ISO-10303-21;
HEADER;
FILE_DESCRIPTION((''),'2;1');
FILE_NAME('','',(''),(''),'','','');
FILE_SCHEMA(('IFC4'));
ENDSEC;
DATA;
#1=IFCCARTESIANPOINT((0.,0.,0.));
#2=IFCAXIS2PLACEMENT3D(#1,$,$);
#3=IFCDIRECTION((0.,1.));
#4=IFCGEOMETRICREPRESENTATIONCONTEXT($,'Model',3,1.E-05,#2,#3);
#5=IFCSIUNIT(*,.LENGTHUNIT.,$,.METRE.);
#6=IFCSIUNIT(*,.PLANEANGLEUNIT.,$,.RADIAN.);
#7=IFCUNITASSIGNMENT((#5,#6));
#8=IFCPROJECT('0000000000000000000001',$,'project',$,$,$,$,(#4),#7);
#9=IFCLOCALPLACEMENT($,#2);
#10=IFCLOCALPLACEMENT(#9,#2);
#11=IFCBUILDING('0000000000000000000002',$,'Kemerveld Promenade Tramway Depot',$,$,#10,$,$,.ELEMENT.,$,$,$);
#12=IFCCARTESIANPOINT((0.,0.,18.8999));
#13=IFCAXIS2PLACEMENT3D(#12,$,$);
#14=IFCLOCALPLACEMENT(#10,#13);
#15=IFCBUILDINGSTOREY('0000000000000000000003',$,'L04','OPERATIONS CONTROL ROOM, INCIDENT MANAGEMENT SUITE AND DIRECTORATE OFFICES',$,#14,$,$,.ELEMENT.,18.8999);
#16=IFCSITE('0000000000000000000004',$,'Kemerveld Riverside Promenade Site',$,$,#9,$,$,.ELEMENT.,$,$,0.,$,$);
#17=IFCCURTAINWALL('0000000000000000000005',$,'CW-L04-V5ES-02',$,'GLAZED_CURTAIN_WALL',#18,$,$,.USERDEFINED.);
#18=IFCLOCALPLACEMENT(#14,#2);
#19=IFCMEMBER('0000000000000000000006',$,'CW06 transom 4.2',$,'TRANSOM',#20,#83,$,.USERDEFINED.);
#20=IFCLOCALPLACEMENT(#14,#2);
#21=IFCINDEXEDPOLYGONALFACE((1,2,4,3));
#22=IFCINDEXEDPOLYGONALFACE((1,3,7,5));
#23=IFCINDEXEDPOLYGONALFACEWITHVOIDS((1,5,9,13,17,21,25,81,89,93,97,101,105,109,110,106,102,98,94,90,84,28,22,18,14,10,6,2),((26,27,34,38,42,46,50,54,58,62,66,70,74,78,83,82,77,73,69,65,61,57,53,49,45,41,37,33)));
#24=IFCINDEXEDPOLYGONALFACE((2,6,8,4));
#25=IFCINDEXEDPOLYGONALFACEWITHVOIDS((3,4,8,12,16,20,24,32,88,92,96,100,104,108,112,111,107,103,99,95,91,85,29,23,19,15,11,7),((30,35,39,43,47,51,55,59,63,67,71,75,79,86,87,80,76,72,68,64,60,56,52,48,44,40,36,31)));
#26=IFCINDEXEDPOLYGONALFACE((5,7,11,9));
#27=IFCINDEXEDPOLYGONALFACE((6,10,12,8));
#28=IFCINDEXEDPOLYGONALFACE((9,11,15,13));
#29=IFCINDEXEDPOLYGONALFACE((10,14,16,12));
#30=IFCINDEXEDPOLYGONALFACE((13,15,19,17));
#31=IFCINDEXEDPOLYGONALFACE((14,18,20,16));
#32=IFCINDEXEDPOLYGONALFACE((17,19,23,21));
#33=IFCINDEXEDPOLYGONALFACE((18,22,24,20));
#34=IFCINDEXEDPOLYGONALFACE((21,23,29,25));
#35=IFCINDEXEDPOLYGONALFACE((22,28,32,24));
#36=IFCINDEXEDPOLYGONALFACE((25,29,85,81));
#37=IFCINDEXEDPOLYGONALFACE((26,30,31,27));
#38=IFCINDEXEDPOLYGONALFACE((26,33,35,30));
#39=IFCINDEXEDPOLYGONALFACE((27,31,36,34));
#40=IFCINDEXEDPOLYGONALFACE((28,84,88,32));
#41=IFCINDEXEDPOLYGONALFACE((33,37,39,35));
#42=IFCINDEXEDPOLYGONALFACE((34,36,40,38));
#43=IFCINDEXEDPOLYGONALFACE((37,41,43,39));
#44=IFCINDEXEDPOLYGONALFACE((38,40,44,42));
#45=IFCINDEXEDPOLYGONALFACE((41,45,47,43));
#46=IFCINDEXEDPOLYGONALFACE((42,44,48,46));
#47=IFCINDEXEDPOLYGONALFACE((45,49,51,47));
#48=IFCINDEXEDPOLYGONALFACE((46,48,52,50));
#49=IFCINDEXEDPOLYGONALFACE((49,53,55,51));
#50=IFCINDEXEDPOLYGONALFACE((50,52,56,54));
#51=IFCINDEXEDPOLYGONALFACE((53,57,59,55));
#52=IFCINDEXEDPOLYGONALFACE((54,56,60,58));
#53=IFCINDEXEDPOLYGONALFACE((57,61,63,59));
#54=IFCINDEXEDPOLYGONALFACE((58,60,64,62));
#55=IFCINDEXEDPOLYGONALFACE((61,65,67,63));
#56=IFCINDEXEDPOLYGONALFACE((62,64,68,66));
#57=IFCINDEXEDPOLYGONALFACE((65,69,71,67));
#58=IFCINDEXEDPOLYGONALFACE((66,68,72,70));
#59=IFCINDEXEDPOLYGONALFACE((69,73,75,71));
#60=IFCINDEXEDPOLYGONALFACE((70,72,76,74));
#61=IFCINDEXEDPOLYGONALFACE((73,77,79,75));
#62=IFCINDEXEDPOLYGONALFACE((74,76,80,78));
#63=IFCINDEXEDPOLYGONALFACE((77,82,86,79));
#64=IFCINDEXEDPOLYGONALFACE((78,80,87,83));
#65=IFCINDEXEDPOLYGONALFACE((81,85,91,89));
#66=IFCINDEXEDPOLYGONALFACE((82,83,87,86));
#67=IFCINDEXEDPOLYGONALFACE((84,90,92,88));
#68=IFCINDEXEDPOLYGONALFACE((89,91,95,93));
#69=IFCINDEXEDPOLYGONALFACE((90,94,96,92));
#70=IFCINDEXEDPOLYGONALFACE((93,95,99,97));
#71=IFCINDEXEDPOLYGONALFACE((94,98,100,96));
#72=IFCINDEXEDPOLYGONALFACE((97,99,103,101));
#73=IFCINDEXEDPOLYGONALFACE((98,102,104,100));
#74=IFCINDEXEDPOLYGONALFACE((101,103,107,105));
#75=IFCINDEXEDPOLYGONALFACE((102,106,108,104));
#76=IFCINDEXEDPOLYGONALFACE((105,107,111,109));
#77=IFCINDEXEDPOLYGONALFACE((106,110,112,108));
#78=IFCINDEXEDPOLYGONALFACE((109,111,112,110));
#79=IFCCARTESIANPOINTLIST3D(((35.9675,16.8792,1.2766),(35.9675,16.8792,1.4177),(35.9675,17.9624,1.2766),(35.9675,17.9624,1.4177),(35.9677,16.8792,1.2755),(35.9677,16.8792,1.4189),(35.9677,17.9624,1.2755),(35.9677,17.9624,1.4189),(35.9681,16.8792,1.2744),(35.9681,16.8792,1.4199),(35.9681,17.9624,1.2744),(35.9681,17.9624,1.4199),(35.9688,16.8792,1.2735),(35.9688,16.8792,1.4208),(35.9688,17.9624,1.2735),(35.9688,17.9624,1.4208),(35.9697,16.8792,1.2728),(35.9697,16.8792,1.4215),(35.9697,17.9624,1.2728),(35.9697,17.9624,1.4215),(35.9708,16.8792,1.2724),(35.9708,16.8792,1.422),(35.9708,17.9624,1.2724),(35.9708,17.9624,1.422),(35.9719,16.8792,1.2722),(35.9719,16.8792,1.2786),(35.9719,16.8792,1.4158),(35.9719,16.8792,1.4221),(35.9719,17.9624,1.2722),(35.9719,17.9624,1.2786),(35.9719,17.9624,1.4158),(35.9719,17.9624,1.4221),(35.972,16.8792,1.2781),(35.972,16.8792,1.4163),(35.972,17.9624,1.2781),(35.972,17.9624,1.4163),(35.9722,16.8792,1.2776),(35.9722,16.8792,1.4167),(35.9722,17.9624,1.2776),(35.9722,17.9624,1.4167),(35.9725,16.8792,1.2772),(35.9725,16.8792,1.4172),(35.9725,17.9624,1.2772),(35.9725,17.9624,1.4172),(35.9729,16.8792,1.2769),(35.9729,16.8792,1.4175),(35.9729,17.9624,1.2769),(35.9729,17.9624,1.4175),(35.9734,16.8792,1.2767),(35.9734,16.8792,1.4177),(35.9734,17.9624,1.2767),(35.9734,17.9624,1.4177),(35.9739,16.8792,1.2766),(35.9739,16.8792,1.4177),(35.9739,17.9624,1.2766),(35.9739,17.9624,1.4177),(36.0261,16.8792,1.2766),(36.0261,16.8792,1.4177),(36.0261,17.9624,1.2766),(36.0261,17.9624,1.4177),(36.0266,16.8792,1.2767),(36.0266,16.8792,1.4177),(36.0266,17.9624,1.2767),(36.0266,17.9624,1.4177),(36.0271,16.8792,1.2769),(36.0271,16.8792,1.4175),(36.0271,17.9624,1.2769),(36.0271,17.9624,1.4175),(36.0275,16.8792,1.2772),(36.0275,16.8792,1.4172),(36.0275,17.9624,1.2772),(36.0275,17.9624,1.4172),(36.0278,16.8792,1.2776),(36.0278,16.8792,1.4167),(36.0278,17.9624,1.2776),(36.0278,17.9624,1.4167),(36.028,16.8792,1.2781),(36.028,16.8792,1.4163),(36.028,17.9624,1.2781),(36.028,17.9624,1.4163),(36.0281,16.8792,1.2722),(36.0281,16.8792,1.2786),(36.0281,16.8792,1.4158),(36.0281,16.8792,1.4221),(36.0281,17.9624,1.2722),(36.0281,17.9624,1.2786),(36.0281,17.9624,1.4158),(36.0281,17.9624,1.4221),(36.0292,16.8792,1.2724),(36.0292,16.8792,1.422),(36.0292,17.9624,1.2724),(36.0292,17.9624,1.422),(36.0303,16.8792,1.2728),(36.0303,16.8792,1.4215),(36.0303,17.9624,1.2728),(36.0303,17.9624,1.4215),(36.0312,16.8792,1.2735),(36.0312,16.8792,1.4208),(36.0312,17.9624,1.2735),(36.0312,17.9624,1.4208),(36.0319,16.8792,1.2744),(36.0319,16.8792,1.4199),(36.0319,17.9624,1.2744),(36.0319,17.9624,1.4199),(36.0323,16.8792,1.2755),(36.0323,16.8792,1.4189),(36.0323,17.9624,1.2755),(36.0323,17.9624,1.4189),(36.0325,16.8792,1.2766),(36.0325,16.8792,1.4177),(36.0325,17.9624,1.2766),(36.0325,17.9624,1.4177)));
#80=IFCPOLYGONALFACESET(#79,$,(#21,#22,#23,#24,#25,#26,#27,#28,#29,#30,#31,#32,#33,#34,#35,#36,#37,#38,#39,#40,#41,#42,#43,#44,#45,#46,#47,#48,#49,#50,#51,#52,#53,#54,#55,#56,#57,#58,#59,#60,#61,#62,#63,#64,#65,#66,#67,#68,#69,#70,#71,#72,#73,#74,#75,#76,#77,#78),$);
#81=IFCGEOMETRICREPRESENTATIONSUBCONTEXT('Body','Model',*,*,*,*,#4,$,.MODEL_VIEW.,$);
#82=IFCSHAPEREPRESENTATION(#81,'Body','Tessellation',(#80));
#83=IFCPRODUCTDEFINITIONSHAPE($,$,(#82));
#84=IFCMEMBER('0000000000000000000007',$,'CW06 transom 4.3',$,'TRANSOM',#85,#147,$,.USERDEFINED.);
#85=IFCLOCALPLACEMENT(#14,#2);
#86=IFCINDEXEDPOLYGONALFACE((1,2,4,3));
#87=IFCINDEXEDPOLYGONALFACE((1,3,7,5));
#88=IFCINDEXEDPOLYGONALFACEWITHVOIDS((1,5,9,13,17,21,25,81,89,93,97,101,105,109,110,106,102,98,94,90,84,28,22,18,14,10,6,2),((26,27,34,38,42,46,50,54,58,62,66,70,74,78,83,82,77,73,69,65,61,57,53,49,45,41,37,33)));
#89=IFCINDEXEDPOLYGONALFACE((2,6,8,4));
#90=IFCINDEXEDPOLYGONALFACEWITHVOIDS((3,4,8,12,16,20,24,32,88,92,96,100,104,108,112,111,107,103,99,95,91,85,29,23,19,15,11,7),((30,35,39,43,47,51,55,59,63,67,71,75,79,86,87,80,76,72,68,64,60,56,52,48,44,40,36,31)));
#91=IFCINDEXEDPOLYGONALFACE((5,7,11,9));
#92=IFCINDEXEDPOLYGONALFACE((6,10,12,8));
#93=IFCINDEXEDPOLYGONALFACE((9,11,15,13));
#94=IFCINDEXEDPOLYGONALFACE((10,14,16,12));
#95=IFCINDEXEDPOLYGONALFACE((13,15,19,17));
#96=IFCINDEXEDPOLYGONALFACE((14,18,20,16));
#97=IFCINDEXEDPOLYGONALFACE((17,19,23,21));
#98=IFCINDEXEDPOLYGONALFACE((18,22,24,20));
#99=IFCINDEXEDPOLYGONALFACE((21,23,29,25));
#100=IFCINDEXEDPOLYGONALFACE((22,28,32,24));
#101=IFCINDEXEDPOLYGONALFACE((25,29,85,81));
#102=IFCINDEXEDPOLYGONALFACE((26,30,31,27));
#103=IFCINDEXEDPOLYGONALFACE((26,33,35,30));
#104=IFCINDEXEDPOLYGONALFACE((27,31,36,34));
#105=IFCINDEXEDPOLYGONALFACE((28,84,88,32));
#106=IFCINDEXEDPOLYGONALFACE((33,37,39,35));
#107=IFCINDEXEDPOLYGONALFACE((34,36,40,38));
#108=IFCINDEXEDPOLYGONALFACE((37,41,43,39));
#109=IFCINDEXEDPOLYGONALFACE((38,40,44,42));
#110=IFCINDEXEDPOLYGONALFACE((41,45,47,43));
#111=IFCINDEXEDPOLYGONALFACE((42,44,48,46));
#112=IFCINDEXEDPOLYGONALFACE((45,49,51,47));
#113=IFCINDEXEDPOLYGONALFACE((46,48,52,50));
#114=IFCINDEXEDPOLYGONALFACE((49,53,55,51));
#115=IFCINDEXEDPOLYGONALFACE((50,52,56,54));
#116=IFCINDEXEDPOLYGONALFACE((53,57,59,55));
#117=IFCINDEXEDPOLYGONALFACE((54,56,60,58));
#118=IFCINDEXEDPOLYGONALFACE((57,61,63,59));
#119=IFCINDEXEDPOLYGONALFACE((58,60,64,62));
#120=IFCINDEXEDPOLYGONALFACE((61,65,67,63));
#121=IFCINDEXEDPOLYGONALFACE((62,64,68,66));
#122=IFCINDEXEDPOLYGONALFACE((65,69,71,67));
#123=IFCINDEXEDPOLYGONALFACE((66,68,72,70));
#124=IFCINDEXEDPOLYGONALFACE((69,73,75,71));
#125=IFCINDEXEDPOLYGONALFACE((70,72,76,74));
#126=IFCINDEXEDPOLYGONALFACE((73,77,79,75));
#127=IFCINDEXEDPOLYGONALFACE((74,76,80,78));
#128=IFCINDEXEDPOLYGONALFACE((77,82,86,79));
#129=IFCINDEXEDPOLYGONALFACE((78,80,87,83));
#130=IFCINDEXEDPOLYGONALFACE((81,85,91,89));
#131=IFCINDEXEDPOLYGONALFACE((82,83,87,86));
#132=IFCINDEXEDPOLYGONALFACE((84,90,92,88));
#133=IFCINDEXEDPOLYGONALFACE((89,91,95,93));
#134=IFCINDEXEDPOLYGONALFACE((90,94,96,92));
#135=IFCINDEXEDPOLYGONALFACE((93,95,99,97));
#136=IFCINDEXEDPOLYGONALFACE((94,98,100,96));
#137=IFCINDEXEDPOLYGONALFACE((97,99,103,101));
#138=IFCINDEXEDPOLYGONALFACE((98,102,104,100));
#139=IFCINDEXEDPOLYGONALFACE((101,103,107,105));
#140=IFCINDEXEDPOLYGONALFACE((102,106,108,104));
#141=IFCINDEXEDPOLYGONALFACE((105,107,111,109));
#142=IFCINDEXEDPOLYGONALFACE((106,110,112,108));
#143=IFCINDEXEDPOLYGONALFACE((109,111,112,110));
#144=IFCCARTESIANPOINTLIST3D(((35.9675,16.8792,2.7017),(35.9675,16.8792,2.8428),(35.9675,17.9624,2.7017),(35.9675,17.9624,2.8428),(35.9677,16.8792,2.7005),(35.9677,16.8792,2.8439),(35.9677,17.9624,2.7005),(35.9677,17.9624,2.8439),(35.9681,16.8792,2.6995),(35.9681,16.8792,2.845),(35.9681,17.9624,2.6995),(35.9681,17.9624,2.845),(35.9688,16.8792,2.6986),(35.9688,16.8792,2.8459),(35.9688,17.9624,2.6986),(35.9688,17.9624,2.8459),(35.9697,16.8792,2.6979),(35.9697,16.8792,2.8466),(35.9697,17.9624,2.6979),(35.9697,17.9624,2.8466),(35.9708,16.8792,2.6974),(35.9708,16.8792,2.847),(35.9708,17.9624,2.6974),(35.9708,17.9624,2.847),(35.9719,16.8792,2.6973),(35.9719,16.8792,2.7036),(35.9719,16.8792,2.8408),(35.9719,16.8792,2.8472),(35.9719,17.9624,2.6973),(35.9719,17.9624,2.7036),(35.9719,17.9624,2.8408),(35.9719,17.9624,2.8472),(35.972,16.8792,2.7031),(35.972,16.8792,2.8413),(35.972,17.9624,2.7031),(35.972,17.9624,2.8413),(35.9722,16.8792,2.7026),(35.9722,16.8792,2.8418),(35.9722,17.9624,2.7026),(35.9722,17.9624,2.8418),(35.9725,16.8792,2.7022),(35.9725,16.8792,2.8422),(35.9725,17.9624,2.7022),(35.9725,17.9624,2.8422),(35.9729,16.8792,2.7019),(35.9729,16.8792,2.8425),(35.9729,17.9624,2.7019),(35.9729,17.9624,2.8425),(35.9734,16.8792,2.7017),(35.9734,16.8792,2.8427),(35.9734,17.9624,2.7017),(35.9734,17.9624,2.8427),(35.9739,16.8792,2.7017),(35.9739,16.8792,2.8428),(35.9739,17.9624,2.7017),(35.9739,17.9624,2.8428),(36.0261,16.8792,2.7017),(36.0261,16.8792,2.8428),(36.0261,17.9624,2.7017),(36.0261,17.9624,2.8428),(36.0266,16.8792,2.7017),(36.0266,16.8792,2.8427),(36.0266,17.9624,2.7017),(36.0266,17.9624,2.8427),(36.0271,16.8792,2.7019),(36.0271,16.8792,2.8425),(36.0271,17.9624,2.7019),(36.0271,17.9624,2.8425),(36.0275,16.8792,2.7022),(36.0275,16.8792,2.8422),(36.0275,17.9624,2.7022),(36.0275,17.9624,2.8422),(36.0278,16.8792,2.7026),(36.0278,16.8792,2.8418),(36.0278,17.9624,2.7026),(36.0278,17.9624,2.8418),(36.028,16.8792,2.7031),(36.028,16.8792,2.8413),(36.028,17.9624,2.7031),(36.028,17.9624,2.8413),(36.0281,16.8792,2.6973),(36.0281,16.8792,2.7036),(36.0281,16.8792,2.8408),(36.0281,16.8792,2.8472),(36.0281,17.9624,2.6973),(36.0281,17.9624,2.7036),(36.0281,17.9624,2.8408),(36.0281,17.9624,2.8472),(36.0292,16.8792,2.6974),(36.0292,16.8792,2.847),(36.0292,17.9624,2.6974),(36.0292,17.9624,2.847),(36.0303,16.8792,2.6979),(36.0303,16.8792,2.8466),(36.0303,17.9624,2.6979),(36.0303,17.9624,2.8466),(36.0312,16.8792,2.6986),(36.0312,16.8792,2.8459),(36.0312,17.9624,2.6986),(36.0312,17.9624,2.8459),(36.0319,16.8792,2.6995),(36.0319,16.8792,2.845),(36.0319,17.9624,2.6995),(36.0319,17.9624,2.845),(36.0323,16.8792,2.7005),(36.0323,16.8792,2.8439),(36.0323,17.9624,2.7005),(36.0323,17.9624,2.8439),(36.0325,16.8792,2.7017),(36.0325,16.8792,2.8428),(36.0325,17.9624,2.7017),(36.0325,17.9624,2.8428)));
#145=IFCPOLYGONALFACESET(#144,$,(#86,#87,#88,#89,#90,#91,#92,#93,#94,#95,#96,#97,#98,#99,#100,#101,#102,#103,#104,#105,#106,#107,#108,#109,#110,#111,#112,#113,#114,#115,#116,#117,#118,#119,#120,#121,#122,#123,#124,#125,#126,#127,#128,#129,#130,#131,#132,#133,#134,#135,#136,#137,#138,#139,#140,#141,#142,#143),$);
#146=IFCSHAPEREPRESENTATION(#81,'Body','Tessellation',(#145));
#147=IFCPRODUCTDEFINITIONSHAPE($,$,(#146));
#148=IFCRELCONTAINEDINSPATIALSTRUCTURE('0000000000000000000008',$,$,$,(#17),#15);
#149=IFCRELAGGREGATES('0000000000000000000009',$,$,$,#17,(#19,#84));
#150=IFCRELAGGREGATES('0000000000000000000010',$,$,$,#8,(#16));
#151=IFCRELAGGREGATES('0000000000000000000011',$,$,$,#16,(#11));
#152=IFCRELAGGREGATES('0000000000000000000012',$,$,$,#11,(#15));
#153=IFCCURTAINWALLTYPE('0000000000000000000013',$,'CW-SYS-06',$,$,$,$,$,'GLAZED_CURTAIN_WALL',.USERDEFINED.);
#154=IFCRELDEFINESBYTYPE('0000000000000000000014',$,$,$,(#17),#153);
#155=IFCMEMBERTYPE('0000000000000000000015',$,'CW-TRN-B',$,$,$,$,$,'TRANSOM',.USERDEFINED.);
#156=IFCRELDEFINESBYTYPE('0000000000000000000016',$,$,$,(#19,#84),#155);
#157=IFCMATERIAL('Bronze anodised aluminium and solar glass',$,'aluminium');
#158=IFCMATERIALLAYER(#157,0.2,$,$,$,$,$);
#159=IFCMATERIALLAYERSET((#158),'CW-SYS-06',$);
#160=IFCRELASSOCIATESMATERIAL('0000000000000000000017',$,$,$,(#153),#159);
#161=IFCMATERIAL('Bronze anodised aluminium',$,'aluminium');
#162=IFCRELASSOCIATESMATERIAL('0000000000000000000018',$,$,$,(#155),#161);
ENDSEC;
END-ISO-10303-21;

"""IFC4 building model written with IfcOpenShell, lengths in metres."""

from ifc_helpers import new_model, si_unit, direction, frame, origin, origin_2d, place, context, subcontext, project, spatial, hollow_rectangle, extrude, material, layer, layer_set, material_profile, profile_set, type_object, element, aggregate, save


model = new_model("IFC4")

# Units and contexts
model_context = context("Model", 3, precision=1e-05, world=origin(), true_north=direction((0.0, 1.0)))
body_context = subcontext(model_context, "Body", "Model", "MODEL_VIEW")
ifc_project = project(units=[si_unit("LENGTHUNIT", "METRE"), si_unit("PLANEANGLEUNIT", "RADIAN")], contexts=[model_context])

# Site, building, storey
site_placement = place(None, origin())
site = spatial("IfcSite", under=ifc_project, at=site_placement, Name="Kemerveld Riverside Promenade Site", CompositionType="ELEMENT", RefElevation=0.0)
building_placement = place(site_placement, origin())
building = spatial("IfcBuilding", under=site, at=building_placement, Name="Kemerveld Promenade Tramway Depot", CompositionType="ELEMENT")
storey_placement = place(building_placement, frame((0.0, 0.0, 18.8999)))
storey = spatial("IfcBuildingStorey", under=building, at=storey_placement, Name="L04", Description="OPERATIONS CONTROL ROOM, INCIDENT MANAGEMENT SUITE AND DIRECTORATE OFFICES", CompositionType="ELEMENT", Elevation=18.8999)

# Curtain wall, members
ifc_material_1 = material(Name="Bronze anodised aluminium and solar glass", Category="aluminium")
ifc_layer_1 = layer(ifc_material_1, 0.2)
ifc_layer_set_1 = layer_set([ifc_layer_1], Name="CW-SYS-06")
curtain_wall_type = type_object("IfcCurtainWallType", Name="CW-SYS-06", ElementType="GLAZED_CURTAIN_WALL", PredefinedType="USERDEFINED", material=ifc_layer_set_1)
curtain_wall_placement = place(storey_placement, origin())
curtain_wall = element("IfcCurtainWall", 1, at=curtain_wall_placement, inside=storey, type_object=curtain_wall_type, Name="CW-L04-V5ES-02", ObjectType="GLAZED_CURTAIN_WALL", PredefinedType="USERDEFINED")
ifc_material_2 = material(Name="Bronze anodised aluminium", Category="aluminium")
ifc_material_profile_1 = material_profile(ifc_material_2, hollow_rectangle(XDim=0.0649, YDim=0.1499, WallThickness=0.0044, InnerFilletRadius=0.002, OuterFilletRadius=0.0044, at=origin_2d()), Name="CW-TRN-150x65")
ifc_profile_set_1 = profile_set([ifc_material_profile_1], Name="Bronze anodised aluminium")
member_type_1 = type_object("IfcMemberType", Name="CW-TRN-B", ElementType="TRANSOM", PredefinedType="USERDEFINED", material=ifc_profile_set_1)
member_1_placement = place(storey_placement, frame((36.0, 17.9624, 1.3472), z_axis=(0.0, -1.0, 0.0), x_axis=(1.0, 0.0, 0.0)))
member_1 = element("IfcMember", 2, at=member_1_placement, type_object=member_type_1, Name="CW06 transom 4.2", ObjectType="TRANSOM", PredefinedType="USERDEFINED", context=body_context, shape_type="SweptSolid", body=[
    extrude(hollow_rectangle(XDim=0.0649, YDim=0.1499, WallThickness=0.0044, InnerFilletRadius=0.002, OuterFilletRadius=0.0044, at=origin_2d()), origin(), (0.0, 0.0, 1.0), 1.0833),
])
member_2_placement = place(storey_placement, frame((36.0, 17.9624, 2.7722), z_axis=(0.0, -1.0, 0.0), x_axis=(1.0, 0.0, 0.0)))
member_2 = element("IfcMember", 3, at=member_2_placement, type_object=member_type_1, Name="CW06 transom 4.3", ObjectType="TRANSOM", PredefinedType="USERDEFINED", context=body_context, shape_type="SweptSolid", body=[
    extrude(hollow_rectangle(XDim=0.0649, YDim=0.1499, WallThickness=0.0044, InnerFilletRadius=0.002, OuterFilletRadius=0.0044, at=origin_2d()), origin(), (0.0, 0.0, 1.0), 1.0833),
])
aggregate(curtain_wall, [member_1, member_2])

save(model, "model.ifc")
